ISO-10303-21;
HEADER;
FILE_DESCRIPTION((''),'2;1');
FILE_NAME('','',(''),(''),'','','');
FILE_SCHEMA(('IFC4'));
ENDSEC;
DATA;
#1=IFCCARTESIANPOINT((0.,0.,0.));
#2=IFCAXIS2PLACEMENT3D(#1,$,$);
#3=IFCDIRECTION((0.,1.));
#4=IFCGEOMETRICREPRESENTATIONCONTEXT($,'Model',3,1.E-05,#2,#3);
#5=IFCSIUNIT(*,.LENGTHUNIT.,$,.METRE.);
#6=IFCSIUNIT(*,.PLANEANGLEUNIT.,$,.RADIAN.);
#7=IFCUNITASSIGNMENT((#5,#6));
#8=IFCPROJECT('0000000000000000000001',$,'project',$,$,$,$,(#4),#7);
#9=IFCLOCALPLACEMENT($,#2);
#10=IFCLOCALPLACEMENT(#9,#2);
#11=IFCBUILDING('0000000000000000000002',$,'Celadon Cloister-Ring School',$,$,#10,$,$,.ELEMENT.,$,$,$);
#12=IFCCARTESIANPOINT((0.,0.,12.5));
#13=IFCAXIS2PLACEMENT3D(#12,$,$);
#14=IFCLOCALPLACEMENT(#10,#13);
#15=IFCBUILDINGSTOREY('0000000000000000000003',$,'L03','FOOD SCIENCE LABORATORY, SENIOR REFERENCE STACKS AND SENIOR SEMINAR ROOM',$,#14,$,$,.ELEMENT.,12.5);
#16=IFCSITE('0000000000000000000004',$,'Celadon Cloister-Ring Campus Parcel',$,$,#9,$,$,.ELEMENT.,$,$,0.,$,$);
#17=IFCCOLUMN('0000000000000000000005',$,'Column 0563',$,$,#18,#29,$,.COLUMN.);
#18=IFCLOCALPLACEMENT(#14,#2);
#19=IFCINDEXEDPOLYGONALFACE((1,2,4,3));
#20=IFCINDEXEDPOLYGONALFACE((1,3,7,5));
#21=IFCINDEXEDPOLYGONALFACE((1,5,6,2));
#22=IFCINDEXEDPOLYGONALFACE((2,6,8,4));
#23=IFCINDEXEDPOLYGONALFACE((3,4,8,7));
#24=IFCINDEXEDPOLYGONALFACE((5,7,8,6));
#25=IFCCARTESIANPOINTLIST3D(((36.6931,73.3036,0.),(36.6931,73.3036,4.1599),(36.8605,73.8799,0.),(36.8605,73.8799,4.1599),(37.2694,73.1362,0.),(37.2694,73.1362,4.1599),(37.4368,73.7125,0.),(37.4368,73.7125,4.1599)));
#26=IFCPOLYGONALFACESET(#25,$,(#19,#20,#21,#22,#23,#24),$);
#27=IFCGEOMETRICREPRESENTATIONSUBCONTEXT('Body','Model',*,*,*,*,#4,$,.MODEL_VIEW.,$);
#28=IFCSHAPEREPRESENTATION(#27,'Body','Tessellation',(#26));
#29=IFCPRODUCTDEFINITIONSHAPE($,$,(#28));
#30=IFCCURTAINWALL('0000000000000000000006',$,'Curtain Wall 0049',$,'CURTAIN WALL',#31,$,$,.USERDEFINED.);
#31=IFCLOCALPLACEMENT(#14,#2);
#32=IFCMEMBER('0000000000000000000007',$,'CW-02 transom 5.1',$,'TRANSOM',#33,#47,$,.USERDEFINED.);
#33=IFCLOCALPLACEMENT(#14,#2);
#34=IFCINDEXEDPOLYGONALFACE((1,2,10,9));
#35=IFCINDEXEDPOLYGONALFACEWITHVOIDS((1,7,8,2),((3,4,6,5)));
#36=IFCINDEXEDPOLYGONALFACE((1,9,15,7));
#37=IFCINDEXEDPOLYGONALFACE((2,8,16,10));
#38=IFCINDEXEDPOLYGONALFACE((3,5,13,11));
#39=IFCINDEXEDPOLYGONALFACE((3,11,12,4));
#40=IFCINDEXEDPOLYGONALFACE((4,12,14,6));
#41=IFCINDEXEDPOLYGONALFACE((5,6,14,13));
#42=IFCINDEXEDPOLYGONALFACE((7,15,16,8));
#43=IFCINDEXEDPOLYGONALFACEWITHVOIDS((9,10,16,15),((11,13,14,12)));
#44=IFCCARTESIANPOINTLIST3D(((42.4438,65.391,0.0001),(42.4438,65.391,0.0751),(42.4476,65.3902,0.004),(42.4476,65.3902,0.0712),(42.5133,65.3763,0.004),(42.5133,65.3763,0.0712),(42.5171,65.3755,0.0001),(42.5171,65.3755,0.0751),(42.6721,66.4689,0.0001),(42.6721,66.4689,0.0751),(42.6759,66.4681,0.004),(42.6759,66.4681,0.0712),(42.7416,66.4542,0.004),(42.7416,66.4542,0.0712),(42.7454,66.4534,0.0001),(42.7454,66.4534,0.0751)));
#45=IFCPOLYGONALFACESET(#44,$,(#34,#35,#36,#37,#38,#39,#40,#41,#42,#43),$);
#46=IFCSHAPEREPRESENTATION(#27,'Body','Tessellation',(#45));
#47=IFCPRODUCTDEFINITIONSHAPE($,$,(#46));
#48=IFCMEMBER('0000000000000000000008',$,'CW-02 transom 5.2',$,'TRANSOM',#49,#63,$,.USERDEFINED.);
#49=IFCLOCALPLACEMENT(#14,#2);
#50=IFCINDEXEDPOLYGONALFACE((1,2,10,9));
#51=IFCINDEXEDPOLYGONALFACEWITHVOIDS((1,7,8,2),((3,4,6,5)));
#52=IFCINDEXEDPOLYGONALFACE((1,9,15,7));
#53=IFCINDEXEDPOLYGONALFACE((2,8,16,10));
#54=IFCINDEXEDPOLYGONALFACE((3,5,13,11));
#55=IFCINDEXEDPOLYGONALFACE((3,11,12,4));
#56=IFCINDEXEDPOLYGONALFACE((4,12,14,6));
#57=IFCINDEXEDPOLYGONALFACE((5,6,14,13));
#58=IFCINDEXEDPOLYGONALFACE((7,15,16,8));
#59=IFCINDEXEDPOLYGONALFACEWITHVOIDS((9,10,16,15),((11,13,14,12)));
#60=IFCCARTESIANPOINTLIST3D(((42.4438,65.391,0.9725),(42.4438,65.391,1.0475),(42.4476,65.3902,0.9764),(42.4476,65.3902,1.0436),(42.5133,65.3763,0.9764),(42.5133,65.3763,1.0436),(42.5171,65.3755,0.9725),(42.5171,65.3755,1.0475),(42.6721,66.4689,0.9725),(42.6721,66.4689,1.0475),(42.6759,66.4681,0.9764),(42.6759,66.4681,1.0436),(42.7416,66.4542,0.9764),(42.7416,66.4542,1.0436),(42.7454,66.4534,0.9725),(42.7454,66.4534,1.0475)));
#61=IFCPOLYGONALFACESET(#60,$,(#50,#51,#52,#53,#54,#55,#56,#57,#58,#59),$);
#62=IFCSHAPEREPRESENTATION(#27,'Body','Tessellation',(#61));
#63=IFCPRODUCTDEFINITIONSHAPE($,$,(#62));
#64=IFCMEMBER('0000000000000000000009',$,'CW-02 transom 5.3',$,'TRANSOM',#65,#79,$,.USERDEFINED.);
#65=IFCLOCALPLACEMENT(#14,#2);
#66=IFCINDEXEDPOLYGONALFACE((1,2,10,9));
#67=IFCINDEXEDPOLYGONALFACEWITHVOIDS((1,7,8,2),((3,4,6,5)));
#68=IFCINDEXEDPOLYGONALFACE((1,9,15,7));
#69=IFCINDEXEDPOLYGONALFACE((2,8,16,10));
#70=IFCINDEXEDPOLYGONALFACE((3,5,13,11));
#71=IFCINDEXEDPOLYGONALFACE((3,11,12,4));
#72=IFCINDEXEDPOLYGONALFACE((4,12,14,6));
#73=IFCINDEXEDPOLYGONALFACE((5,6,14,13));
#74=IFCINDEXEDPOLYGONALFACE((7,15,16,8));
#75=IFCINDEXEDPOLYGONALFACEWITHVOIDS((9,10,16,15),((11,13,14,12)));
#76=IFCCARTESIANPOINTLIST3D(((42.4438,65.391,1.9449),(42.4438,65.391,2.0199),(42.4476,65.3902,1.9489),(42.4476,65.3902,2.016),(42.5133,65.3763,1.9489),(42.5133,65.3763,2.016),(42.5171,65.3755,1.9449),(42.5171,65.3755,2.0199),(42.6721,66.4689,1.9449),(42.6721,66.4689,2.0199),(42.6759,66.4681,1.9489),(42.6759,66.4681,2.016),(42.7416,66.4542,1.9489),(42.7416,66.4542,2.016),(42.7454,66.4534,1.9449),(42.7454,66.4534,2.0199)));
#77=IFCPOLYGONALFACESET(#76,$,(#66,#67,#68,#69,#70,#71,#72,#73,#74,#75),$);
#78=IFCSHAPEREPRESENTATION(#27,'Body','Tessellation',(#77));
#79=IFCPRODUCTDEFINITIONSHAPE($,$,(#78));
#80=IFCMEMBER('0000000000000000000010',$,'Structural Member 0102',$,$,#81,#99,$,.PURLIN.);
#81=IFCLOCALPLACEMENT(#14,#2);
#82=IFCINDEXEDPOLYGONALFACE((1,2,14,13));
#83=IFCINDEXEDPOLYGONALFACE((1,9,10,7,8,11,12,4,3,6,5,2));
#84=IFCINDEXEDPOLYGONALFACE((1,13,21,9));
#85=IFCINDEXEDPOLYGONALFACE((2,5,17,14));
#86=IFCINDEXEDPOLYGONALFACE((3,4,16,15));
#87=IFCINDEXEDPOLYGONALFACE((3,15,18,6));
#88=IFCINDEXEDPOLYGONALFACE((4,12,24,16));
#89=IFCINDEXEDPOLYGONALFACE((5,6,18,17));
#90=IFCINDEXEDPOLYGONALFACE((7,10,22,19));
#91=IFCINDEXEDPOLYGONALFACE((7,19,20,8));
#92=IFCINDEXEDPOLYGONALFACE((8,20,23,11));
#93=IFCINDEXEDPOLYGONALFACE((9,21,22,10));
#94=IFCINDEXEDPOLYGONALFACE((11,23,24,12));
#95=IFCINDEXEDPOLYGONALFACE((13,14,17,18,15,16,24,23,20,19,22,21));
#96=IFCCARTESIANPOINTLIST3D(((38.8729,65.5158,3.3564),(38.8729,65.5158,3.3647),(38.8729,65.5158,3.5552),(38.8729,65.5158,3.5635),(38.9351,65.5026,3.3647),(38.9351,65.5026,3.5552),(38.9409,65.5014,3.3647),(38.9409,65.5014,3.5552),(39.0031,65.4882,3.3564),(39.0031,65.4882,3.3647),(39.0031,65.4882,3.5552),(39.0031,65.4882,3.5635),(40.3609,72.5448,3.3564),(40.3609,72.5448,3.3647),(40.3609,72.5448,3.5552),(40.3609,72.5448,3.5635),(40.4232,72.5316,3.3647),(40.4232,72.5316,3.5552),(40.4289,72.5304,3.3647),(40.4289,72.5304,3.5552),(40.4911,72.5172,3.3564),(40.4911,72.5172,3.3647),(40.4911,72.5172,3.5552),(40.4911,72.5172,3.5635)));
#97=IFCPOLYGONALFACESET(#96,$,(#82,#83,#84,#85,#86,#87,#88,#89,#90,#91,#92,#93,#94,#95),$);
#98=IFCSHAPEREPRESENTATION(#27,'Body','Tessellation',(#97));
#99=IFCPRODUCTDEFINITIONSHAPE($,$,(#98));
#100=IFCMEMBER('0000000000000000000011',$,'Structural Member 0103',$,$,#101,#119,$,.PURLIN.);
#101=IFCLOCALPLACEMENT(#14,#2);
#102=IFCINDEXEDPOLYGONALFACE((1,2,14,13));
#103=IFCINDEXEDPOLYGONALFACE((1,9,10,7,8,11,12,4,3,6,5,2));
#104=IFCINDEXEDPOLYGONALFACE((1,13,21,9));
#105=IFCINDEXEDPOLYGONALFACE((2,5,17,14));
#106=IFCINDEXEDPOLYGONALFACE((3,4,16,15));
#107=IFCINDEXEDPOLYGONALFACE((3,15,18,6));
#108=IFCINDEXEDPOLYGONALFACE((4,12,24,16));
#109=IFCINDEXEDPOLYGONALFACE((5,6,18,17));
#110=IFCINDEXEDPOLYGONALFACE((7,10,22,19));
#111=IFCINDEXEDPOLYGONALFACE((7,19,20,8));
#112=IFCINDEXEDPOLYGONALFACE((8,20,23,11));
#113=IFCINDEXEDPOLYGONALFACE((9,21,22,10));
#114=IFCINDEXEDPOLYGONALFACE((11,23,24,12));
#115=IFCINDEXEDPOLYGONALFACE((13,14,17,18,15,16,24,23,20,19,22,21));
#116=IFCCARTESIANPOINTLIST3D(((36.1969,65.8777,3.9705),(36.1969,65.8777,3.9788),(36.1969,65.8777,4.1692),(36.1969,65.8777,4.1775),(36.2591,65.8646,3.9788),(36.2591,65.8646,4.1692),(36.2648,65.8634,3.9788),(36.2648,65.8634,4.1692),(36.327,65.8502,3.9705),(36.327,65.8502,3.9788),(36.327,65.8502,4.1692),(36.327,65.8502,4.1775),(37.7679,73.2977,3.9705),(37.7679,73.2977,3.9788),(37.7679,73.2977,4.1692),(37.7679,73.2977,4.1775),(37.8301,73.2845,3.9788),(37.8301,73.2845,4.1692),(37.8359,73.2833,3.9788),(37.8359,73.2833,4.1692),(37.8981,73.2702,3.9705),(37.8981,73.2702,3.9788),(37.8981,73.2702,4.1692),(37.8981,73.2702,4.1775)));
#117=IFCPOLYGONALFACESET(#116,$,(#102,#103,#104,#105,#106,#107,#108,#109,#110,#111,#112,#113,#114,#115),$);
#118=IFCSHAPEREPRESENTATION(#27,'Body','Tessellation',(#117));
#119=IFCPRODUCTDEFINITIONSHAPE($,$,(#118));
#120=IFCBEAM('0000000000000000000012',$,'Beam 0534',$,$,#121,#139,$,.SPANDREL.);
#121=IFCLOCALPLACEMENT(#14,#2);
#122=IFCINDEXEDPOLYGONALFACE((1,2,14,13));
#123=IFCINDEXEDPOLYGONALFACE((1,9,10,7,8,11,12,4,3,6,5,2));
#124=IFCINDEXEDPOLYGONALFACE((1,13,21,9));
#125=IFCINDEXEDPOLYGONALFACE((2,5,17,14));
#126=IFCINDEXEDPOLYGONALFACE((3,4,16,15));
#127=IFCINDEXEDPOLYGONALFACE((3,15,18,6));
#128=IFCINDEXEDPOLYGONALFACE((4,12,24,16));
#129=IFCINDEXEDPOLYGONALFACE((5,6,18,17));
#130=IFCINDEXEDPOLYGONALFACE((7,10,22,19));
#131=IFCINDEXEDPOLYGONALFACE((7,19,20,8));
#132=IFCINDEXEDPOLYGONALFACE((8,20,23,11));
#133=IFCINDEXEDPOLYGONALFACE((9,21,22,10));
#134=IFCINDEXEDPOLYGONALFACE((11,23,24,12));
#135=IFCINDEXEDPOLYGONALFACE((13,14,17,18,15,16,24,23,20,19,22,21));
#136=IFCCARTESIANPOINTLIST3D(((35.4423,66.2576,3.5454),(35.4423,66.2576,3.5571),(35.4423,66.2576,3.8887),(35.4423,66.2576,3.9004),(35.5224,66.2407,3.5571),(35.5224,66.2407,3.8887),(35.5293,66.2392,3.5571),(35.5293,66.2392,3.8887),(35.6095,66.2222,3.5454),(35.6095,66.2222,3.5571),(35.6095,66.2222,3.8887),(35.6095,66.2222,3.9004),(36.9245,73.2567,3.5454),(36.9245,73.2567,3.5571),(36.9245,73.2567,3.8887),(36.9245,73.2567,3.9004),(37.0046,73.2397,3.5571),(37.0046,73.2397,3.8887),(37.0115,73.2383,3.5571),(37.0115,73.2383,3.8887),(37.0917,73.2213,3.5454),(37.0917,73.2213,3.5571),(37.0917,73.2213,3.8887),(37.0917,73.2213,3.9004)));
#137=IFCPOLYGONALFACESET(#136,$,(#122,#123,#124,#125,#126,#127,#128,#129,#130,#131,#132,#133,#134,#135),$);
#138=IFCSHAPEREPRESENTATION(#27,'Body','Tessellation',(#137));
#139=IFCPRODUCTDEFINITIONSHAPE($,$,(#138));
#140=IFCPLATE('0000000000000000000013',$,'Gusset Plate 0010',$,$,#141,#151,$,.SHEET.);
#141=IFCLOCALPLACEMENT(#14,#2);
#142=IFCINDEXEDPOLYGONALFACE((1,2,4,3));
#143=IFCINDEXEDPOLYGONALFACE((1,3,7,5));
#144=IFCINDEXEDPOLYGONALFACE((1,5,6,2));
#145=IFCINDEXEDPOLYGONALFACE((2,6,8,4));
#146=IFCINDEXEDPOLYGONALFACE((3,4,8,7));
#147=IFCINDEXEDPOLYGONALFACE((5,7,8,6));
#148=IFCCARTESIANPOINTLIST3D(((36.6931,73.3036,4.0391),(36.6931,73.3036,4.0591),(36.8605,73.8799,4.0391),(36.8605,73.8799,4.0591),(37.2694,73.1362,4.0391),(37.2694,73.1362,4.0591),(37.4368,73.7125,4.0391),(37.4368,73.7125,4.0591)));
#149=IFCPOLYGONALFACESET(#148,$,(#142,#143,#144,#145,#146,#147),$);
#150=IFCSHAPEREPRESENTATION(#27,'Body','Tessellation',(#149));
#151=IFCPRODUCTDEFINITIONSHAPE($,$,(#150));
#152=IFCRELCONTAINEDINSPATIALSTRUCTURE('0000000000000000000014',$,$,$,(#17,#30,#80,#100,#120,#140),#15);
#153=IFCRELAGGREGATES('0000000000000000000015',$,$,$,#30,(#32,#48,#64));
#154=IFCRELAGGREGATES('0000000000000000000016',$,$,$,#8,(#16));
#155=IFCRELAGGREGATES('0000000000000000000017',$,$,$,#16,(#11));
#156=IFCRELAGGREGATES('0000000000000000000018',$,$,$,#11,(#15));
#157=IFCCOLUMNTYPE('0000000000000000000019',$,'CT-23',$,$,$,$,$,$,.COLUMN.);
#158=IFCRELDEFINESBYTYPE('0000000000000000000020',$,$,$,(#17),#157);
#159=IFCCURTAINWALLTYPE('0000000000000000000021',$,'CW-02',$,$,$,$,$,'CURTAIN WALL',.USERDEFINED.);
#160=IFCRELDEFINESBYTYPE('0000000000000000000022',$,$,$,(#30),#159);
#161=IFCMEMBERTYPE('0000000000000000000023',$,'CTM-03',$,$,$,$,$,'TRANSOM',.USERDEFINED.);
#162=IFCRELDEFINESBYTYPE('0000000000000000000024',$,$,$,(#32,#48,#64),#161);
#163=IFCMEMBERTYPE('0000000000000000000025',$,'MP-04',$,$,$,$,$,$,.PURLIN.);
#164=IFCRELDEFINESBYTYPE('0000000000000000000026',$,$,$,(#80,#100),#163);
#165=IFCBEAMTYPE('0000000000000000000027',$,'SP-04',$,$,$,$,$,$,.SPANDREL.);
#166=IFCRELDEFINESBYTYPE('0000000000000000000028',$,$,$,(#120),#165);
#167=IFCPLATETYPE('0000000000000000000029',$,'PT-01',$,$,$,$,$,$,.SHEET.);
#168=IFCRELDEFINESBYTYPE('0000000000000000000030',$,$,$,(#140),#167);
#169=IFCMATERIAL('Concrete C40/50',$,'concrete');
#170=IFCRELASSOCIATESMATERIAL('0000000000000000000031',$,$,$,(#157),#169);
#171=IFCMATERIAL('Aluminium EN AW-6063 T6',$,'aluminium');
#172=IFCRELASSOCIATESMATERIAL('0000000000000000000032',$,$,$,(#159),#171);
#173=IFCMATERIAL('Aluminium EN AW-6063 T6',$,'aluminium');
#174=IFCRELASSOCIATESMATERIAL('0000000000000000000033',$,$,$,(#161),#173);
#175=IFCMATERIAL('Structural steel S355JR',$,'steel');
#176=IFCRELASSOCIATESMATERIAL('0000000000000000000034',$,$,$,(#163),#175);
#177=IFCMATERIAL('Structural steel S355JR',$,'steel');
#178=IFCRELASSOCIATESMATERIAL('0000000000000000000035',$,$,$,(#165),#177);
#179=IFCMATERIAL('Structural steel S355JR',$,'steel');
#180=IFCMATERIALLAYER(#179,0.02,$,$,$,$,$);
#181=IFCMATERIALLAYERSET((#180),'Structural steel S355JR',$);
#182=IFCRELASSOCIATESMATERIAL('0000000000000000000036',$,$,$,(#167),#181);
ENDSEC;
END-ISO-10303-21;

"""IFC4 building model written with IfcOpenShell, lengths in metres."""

from ifc_helpers import new_model, si_unit, direction, frame, origin, origin_2d, place, context, subcontext, project, spatial, rectangle, hollow_rectangle, i_section, extrude, material, layer, layer_set, material_profile, profile_set, type_object, element, aggregate, save


model = new_model("IFC4")

# Units and contexts
model_context = context("Model", 3, precision=1e-05, world=origin(), true_north=direction((0.0, 1.0)))
body_context = subcontext(model_context, "Body", "Model", "MODEL_VIEW")
ifc_project = project(units=[si_unit("LENGTHUNIT", "METRE"), si_unit("PLANEANGLEUNIT", "RADIAN")], contexts=[model_context])

# Site, building, storey
site_placement = place(None, origin())
site = spatial("IfcSite", under=ifc_project, at=site_placement, Name="Celadon Cloister-Ring Campus Parcel", CompositionType="ELEMENT", RefElevation=0.0)
building_placement = place(site_placement, origin())
building = spatial("IfcBuilding", under=site, at=building_placement, Name="Celadon Cloister-Ring School", CompositionType="ELEMENT")
storey_placement = place(building_placement, frame((0.0, 0.0, 12.5)))
storey = spatial("IfcBuildingStorey", under=building, at=storey_placement, Name="L03", Description="FOOD SCIENCE LABORATORY, SENIOR REFERENCE STACKS AND SENIOR SEMINAR ROOM", CompositionType="ELEMENT", Elevation=12.5)

# Column
ifc_material_1 = material(Name="Concrete C40/50", Category="concrete")
ifc_material_profile_1 = material_profile(ifc_material_1, rectangle(XDim=0.6001, YDim=0.6001, at=origin_2d()), Name="RC600X600")
ifc_profile_set_1 = profile_set([ifc_material_profile_1], Name="Concrete C40/50")
column_type = type_object("IfcColumnType", Name="CT-23", PredefinedType="COLUMN", material=ifc_profile_set_1)
column_placement = place(storey_placement, frame((37.0649, 73.5081, 0.0), z_axis=(0.0, 0.0, 1.0), x_axis=(-0.960294, 0.278991, 0.0)))
element("IfcColumn", 1, at=column_placement, inside=storey, type_object=column_type, Name="Column 0563", PredefinedType="COLUMN", context=body_context, shape_type="SweptSolid", body=[
    extrude(rectangle(XDim=0.6001, YDim=0.6001, at=origin_2d()), origin(), (0.0, 0.0, 1.0), 4.1599),
])

# Curtain wall, members
ifc_material_2 = material(Name="Aluminium EN AW-6063 T6", Category="aluminium")
curtain_wall_type = type_object("IfcCurtainWallType", Name="CW-02", ElementType="CURTAIN WALL", PredefinedType="USERDEFINED", material=ifc_material_2)
curtain_wall_placement = place(storey_placement, origin())
curtain_wall = element("IfcCurtainWall", 2, at=curtain_wall_placement, inside=storey, type_object=curtain_wall_type, Name="Curtain Wall 0049", ObjectType="CURTAIN WALL", PredefinedType="USERDEFINED")
ifc_material_3 = material(Name="Aluminium EN AW-6063 T6", Category="aluminium")
ifc_material_profile_2 = material_profile(ifc_material_3, hollow_rectangle(XDim=0.075, YDim=0.075, WallThickness=0.0039, at=origin_2d()), Name="RHS75X75X4")
ifc_profile_set_2 = profile_set([ifc_material_profile_2], Name="Aluminium EN AW-6063 T6")
member_type_1 = type_object("IfcMemberType", Name="CTM-03", ElementType="TRANSOM", PredefinedType="USERDEFINED", material=ifc_profile_set_2)
member_1_placement = place(storey_placement, frame((42.7087, 66.4612, 0.0376), z_axis=(-0.207183, -0.978302, 0.0), x_axis=(0.978302, -0.207183, 0.0)))
member_1 = element("IfcMember", 3, at=member_1_placement, type_object=member_type_1, Name="CW-02 transom 5.1", ObjectType="TRANSOM", PredefinedType="USERDEFINED", context=body_context, shape_type="SweptSolid", body=[
    extrude(hollow_rectangle(XDim=0.075, YDim=0.075, WallThickness=0.0039, at=origin_2d()), origin(), (0.0, 0.0, 1.0), 1.1018),
])
member_2_placement = place(storey_placement, frame((42.7087, 66.4612, 1.01), z_axis=(-0.207183, -0.978302, 0.0), x_axis=(0.978302, -0.207183, 0.0)))
member_2 = element("IfcMember", 4, at=member_2_placement, type_object=member_type_1, Name="CW-02 transom 5.2", ObjectType="TRANSOM", PredefinedType="USERDEFINED", context=body_context, shape_type="SweptSolid", body=[
    extrude(hollow_rectangle(XDim=0.075, YDim=0.075, WallThickness=0.0039, at=origin_2d()), origin(), (0.0, 0.0, 1.0), 1.1018),
])
member_3_placement = place(storey_placement, frame((42.7087, 66.4612, 1.9824), z_axis=(-0.207183, -0.978302, 0.0), x_axis=(0.978302, -0.207183, 0.0)))
member_3 = element("IfcMember", 5, at=member_3_placement, type_object=member_type_1, Name="CW-02 transom 5.3", ObjectType="TRANSOM", PredefinedType="USERDEFINED", context=body_context, shape_type="SweptSolid", body=[
    extrude(hollow_rectangle(XDim=0.075, YDim=0.075, WallThickness=0.0039, at=origin_2d()), origin(), (0.0, 0.0, 1.0), 1.1018),
])
aggregate(curtain_wall, [member_1, member_2, member_3])

# Members
ifc_material_4 = material(Name="Structural steel S355JR", Category="steel")
ifc_material_profile_3 = material_profile(ifc_material_4, i_section(OverallWidth=0.1331, OverallDepth=0.207, WebThickness=0.0059, FlangeThickness=0.0083, at=origin_2d()), Name="W200X27")
ifc_profile_set_3 = profile_set([ifc_material_profile_3], Name="Structural steel S355JR")
member_type_2 = type_object("IfcMemberType", Name="MP-04", PredefinedType="PURLIN", material=ifc_profile_set_3)
member_4_placement = place(storey_placement, frame((40.426, 72.531, 3.46), z_axis=(-0.207108, -0.978318, 0.0), x_axis=(0.978318, -0.207108, 0.0)))
element("IfcMember", 6, at=member_4_placement, inside=storey, type_object=member_type_2, Name="Structural Member 0102", PredefinedType="PURLIN", context=body_context, shape_type="SweptSolid", body=[
    extrude(i_section(OverallWidth=0.1331, OverallDepth=0.207, WebThickness=0.0059, FlangeThickness=0.0083, at=origin_2d()), origin(), (0.0, 0.0, 1.0), 7.1848),
])
member_5_placement = place(storey_placement, frame((37.833, 73.2839, 4.074), z_axis=(-0.207141, -0.978311, 0.0), x_axis=(0.978311, -0.207141, 0.0)))
element("IfcMember", 7, at=member_5_placement, inside=storey, type_object=member_type_2, Name="Structural Member 0103", PredefinedType="PURLIN", context=body_context, shape_type="SweptSolid", body=[
    extrude(i_section(OverallWidth=0.1331, OverallDepth=0.207, WebThickness=0.0059, FlangeThickness=0.0083, at=origin_2d()), origin(), (0.0, 0.0, 1.0), 7.5845),
])

# Beam
ifc_material_5 = material(Name="Structural steel S355JR", Category="steel")
ifc_material_profile_4 = material_profile(ifc_material_5, i_section(OverallWidth=0.1709, OverallDepth=0.355, WebThickness=0.0071, FlangeThickness=0.0117, at=origin_2d()), Name="W360X51")
ifc_profile_set_4 = profile_set([ifc_material_profile_4], Name="Structural steel S355JR")
beam_type = type_object("IfcBeamType", Name="SP-04", PredefinedType="SPANDREL", material=ifc_profile_set_4)
beam_placement = place(storey_placement, frame((37.0081, 73.239, 3.7229), z_axis=(-0.207175, -0.978304, 0.0), x_axis=(0.978304, -0.207175, 0.0)))
element("IfcBeam", 8, at=beam_placement, inside=storey, type_object=beam_type, Name="Beam 0534", PredefinedType="SPANDREL", context=body_context, shape_type="SweptSolid", body=[
    extrude(i_section(OverallWidth=0.1709, OverallDepth=0.355, WebThickness=0.0071, FlangeThickness=0.0117, at=origin_2d()), origin(), (0.0, 0.0, 1.0), 7.1543),
])

# Plate
ifc_material_6 = material(Name="Structural steel S355JR", Category="steel")
ifc_layer_1 = layer(ifc_material_6, 0.02)
ifc_layer_set_1 = layer_set([ifc_layer_1], Name="Structural steel S355JR")
plate_type = type_object("IfcPlateType", Name="PT-01", PredefinedType="SHEET", material=ifc_layer_set_1)
plate_placement = place(storey_placement, frame((37.0649, 73.5081, 4.0391), z_axis=(0.0, 0.0, 1.0), x_axis=(-0.960294, 0.278991, 0.0)))
element("IfcPlate", 9, at=plate_placement, inside=storey, type_object=plate_type, Name="Gusset Plate 0010", PredefinedType="SHEET", context=body_context, shape_type="SweptSolid", body=[
    extrude(rectangle(XDim=0.6001, YDim=0.6001, at=origin_2d()), origin(), (0.0, 0.0, 1.0), 0.02),
])

save(model, "model.ifc")
